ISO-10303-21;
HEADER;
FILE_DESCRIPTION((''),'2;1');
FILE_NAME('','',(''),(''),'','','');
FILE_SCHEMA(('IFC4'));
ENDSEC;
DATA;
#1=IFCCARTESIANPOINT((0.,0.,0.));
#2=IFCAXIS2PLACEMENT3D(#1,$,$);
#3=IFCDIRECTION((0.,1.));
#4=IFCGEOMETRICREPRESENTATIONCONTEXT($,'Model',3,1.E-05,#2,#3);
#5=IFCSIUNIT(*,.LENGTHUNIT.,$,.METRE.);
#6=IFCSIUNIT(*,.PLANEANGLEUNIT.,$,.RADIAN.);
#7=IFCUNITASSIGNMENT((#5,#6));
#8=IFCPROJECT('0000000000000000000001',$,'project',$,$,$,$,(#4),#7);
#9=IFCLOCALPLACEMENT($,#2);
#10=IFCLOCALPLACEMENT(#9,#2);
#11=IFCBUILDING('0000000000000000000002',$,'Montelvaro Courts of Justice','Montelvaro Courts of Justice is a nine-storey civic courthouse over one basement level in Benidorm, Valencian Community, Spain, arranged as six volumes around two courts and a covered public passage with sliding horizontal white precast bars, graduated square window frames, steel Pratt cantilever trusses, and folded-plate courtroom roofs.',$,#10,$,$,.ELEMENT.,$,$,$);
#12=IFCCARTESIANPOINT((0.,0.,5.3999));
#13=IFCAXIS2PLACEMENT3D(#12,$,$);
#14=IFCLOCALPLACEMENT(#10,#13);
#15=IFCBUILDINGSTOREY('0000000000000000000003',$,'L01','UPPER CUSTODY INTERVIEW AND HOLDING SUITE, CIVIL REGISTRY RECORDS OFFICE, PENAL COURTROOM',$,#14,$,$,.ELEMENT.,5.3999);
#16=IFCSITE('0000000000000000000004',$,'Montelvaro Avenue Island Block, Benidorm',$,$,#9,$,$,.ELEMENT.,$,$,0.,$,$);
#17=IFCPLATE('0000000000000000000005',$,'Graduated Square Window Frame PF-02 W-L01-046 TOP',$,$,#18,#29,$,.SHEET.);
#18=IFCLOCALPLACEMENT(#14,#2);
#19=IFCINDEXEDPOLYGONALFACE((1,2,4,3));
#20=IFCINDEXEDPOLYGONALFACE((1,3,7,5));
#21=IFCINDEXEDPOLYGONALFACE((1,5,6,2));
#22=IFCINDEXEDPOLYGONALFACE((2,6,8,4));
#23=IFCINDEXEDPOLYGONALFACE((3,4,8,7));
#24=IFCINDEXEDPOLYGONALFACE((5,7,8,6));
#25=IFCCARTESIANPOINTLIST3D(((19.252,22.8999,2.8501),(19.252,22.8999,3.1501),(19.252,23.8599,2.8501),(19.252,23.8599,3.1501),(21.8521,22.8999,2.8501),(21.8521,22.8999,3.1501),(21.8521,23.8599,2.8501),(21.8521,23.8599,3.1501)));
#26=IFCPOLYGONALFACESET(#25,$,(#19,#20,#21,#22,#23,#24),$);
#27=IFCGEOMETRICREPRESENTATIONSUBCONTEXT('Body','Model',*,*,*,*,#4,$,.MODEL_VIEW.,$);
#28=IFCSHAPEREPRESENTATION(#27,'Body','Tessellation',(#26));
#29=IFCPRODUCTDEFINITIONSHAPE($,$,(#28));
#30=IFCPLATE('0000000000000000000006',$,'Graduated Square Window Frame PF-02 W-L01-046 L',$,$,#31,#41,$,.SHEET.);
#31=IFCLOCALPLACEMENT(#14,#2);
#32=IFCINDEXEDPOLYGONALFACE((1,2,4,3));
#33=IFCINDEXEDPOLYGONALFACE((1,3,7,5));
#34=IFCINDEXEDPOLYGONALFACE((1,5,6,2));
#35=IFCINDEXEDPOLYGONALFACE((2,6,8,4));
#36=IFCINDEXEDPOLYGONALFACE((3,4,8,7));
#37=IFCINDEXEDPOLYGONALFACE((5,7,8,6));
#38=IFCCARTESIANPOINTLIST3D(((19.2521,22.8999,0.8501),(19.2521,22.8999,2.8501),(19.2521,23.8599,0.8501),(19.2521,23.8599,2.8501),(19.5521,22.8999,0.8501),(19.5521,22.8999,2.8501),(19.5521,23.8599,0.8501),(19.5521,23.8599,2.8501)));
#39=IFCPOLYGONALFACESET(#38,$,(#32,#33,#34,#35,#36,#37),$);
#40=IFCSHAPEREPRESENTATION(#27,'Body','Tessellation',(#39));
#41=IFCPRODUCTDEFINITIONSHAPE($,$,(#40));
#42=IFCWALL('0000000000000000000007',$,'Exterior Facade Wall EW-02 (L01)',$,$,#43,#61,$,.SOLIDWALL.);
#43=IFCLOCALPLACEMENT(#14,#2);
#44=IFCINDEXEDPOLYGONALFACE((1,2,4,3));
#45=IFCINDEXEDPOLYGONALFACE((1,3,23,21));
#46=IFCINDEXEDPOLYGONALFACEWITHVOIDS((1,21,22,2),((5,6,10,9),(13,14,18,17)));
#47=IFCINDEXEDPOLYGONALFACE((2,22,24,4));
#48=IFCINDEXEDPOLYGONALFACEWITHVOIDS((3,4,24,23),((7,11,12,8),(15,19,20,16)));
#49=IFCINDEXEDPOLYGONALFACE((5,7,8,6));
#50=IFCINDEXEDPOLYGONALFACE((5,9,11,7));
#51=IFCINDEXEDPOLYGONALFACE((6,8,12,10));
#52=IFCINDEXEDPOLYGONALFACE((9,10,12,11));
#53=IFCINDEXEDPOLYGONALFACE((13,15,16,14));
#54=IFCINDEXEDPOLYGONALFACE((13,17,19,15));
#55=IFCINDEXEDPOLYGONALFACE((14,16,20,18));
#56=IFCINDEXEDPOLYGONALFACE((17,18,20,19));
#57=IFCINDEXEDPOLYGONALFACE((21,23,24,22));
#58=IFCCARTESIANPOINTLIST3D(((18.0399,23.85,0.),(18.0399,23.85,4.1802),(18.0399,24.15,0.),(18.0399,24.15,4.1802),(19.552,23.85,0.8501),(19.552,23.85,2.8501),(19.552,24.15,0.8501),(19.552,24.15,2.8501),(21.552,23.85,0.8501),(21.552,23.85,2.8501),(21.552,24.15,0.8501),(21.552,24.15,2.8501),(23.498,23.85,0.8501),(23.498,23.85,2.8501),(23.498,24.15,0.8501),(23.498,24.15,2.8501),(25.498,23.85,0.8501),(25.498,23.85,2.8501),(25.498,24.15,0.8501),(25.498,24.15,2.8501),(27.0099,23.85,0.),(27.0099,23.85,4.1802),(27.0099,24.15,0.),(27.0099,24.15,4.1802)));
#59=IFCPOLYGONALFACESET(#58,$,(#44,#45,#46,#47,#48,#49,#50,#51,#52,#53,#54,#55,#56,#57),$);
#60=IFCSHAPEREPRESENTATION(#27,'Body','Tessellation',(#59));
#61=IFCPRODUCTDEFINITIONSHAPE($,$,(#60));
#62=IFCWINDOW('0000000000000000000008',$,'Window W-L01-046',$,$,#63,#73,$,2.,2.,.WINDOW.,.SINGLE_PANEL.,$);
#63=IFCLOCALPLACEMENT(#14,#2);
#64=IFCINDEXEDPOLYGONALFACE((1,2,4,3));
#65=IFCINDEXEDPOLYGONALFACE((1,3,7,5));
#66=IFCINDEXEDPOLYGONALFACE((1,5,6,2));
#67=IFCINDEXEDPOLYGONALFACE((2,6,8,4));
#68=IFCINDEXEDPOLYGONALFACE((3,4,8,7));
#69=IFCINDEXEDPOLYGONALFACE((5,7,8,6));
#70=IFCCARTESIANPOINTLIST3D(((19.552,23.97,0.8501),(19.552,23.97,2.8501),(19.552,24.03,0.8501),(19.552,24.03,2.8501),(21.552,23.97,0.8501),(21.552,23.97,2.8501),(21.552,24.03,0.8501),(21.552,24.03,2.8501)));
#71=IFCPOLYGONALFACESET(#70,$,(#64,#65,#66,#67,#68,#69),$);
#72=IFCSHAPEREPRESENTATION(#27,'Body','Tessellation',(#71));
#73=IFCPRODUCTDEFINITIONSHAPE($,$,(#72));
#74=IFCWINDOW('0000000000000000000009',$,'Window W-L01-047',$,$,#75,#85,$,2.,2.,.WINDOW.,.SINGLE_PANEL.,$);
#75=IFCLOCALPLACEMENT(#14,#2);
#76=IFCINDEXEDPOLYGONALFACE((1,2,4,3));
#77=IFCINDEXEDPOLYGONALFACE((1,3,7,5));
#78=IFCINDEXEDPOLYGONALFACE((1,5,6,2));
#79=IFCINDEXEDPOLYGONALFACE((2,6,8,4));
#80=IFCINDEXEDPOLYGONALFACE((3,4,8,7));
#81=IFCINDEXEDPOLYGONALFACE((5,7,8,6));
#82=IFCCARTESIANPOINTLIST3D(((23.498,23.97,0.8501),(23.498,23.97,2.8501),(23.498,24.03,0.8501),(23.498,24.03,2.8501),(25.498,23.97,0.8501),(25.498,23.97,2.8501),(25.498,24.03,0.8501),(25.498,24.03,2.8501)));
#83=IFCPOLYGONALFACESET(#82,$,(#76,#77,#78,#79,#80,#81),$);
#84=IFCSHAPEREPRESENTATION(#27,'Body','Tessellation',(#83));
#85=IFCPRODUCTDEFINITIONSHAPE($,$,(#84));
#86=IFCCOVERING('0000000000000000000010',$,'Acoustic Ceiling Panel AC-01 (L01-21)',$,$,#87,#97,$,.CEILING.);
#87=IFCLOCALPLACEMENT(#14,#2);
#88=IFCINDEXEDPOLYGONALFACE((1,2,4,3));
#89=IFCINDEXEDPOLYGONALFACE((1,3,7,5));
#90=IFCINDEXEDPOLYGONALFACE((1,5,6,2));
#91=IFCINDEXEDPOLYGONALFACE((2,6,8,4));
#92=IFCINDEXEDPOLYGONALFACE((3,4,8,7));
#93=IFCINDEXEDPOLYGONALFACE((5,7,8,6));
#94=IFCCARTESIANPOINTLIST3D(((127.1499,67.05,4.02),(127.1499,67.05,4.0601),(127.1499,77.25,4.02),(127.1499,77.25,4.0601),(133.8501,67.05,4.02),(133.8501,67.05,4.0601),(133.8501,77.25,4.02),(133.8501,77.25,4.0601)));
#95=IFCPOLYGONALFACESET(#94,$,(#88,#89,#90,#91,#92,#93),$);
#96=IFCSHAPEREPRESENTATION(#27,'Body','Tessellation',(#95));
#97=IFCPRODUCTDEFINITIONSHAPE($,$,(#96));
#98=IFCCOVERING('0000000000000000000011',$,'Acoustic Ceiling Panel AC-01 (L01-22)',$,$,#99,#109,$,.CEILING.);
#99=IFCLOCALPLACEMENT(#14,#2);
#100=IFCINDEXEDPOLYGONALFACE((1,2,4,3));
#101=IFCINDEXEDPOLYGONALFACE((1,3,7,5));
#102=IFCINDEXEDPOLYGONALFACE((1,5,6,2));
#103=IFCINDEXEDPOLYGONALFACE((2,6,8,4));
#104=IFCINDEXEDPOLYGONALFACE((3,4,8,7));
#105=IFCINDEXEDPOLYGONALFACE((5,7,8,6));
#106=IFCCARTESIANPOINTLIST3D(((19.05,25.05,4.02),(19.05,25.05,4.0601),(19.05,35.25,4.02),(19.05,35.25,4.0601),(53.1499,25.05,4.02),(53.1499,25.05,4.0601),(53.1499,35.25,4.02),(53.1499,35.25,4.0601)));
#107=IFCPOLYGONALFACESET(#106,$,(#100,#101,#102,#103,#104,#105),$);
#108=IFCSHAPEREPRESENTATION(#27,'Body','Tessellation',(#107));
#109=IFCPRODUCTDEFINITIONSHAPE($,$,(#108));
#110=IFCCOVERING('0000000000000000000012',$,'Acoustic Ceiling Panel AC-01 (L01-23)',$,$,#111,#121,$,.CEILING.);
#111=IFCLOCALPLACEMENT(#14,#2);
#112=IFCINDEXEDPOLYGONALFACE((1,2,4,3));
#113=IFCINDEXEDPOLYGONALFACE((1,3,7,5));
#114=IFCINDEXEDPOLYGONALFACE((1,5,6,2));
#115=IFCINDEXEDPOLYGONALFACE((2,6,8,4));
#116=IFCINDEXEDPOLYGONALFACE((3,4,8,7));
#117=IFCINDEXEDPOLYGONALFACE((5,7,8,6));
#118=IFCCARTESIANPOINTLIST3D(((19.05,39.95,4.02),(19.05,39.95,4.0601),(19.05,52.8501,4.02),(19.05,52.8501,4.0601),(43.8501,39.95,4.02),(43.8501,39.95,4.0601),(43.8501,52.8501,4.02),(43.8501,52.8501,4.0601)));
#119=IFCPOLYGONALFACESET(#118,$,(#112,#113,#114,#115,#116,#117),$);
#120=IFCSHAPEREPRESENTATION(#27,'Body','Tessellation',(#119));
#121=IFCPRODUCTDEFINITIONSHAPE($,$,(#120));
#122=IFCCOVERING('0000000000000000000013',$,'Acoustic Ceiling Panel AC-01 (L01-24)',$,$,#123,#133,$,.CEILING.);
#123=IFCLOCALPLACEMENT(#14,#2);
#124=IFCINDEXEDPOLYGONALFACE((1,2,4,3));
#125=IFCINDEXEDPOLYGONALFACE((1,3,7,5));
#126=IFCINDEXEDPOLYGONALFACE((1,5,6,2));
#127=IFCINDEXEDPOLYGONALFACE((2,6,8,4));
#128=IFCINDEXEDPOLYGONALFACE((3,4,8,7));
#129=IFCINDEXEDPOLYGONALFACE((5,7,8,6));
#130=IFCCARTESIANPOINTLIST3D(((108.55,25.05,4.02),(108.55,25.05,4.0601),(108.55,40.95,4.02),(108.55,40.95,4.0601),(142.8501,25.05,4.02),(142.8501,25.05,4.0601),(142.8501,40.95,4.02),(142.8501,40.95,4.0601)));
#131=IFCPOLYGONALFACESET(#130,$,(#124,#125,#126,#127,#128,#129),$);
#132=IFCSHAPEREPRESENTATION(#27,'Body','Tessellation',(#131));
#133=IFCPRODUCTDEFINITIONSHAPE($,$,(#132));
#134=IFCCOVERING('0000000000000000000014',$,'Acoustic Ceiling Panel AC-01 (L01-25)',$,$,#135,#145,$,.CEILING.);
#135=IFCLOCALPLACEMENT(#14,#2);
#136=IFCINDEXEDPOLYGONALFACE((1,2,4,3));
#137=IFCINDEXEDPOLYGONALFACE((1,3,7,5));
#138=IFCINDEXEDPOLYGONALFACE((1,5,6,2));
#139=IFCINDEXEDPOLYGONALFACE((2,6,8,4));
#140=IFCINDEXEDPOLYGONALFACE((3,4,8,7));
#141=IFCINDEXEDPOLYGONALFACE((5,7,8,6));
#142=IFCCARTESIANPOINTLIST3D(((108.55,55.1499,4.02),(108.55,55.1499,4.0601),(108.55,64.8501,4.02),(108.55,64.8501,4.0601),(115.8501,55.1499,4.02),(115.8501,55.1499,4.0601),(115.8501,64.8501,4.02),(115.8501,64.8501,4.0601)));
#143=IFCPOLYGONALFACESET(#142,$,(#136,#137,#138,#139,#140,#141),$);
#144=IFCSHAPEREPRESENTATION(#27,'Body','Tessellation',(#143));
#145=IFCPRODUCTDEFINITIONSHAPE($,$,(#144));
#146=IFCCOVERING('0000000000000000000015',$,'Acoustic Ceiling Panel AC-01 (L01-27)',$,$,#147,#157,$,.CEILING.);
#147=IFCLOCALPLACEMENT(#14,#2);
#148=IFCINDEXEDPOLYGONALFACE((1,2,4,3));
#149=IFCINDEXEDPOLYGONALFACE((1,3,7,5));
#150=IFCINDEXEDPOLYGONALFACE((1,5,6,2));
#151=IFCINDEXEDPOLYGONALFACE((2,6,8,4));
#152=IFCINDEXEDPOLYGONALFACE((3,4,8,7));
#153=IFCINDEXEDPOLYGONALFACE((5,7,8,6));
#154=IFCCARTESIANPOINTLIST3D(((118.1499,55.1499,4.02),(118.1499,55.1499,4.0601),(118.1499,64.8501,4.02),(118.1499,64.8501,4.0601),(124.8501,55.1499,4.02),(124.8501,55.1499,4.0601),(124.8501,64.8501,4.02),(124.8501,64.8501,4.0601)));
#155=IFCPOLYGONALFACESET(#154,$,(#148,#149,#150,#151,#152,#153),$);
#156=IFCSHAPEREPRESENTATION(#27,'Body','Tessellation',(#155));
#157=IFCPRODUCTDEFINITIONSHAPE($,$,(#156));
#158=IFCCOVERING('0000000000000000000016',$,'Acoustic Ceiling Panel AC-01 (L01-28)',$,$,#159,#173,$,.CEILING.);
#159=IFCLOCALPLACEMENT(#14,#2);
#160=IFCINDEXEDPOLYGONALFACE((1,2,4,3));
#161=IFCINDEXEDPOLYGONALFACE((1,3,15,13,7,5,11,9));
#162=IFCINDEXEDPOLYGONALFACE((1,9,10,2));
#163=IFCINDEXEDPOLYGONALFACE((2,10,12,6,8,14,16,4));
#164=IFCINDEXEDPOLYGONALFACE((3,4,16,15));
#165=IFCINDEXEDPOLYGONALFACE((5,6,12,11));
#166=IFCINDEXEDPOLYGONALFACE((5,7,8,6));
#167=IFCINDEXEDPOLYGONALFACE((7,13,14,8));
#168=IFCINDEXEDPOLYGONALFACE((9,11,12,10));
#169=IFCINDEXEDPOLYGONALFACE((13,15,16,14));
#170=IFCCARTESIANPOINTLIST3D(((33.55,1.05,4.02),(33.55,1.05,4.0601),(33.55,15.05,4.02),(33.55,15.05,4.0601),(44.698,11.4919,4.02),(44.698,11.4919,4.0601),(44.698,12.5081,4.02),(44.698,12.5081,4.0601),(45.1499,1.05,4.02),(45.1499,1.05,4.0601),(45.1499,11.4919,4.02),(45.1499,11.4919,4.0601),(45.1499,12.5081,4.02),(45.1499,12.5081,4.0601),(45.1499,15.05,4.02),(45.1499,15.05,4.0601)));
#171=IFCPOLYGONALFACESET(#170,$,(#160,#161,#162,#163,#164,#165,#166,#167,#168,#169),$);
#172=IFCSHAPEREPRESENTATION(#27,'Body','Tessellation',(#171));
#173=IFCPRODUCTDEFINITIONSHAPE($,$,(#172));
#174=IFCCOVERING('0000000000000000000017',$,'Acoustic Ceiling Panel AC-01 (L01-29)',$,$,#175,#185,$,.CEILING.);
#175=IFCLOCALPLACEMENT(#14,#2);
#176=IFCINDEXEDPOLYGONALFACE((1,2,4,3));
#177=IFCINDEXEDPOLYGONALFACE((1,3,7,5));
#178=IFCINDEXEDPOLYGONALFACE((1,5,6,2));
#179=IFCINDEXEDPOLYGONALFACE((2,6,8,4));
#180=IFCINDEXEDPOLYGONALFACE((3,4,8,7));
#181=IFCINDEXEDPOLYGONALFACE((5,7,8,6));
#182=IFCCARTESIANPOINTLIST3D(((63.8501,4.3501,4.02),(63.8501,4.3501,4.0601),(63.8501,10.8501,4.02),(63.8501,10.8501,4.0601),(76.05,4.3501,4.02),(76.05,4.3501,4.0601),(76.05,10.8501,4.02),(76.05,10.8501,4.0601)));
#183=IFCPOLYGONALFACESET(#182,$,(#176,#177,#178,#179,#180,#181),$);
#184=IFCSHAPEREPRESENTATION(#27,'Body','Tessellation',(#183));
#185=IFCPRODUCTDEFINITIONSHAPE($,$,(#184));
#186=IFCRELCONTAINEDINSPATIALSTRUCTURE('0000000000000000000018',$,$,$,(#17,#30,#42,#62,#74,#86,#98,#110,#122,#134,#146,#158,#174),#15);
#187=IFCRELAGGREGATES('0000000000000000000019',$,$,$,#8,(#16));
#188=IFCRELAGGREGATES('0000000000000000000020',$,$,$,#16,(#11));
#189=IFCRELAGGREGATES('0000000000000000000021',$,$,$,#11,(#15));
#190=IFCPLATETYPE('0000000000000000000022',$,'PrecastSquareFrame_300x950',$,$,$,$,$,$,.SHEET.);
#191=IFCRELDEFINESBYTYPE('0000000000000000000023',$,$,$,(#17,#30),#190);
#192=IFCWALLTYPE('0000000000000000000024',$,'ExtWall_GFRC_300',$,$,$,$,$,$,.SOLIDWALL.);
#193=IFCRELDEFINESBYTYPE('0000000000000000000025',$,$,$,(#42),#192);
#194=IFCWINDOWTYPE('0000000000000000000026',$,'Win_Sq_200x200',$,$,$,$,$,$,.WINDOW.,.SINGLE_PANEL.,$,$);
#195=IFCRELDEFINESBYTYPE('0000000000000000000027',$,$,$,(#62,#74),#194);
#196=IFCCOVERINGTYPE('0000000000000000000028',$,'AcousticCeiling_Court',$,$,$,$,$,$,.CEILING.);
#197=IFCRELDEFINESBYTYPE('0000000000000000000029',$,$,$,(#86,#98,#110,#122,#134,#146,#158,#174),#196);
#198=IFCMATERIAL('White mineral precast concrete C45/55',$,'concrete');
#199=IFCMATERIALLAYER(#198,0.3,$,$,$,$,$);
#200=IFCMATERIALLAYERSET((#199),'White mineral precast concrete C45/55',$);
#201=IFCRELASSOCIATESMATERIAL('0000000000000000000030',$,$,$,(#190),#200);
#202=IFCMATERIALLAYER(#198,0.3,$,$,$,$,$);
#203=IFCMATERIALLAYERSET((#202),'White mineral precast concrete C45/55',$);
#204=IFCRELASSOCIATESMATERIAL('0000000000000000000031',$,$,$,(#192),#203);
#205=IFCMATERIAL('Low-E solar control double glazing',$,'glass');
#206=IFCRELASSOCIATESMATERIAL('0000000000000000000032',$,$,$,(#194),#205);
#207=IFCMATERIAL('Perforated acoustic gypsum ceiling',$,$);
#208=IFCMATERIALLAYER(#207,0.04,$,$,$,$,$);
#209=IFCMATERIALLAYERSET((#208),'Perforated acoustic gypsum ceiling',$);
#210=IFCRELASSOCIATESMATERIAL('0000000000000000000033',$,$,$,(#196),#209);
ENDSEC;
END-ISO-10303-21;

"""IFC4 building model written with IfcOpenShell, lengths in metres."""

from ifc_helpers import new_model, si_unit, direction, frame, frame_2d, origin, origin_2d, place, context, subcontext, project, spatial, polyline, rectangle, outline, extrude, material, layer, layer_set, type_object, element, fill, save


model = new_model("IFC4")

# Units and contexts
model_context = context("Model", 3, precision=1e-05, world=origin(), true_north=direction((0.0, 1.0)))
body_context = subcontext(model_context, "Body", "Model", "MODEL_VIEW")
ifc_project = project(units=[si_unit("LENGTHUNIT", "METRE"), si_unit("PLANEANGLEUNIT", "RADIAN")], contexts=[model_context])

# Site, building, storey
site_placement = place(None, origin())
site = spatial("IfcSite", under=ifc_project, at=site_placement, Name="Montelvaro Avenue Island Block, Benidorm", CompositionType="ELEMENT", RefElevation=0.0)
building_placement = place(site_placement, origin())
building = spatial("IfcBuilding", under=site, at=building_placement, Name="Montelvaro Courts of Justice", Description="Montelvaro Courts of Justice is a nine-storey civic courthouse over one basement level in Benidorm, Valencian Community, Spain, arranged as six volumes around two courts and a covered public passage with sliding horizontal white precast bars, graduated square window frames, steel Pratt cantilever trusses, and folded-plate courtroom roofs.", CompositionType="ELEMENT")
storey_placement = place(building_placement, frame((0.0, 0.0, 5.3999)))
storey = spatial("IfcBuildingStorey", under=building, at=storey_placement, Name="L01", Description="UPPER CUSTODY INTERVIEW AND HOLDING SUITE, CIVIL REGISTRY RECORDS OFFICE, PENAL COURTROOM", CompositionType="ELEMENT", Elevation=5.3999)

# Plates
ifc_material_1 = material(Name="White mineral precast concrete C45/55", Category="concrete")
ifc_layer_1 = layer(ifc_material_1, 0.3)
ifc_layer_set_1 = layer_set([ifc_layer_1], Name="White mineral precast concrete C45/55")
plate_type = type_object("IfcPlateType", Name="PrecastSquareFrame_300x950", PredefinedType="SHEET", material=ifc_layer_set_1)
plate_1_placement = place(storey_placement, frame((20.552, 23.3799, 2.8501), z_axis=(0.0, 0.0, 1.0), x_axis=(1.0, 0.0, 0.0)))
element("IfcPlate", 1, at=plate_1_placement, inside=storey, type_object=plate_type, Name="Graduated Square Window Frame PF-02 W-L01-046 TOP", PredefinedType="SHEET", context=body_context, shape_type="SweptSolid", body=[
    extrude(rectangle(XDim=2.6001, YDim=0.96, at=origin_2d()), origin(), (0.0, 0.0, 1.0), 0.3),
])
plate_2_placement = place(storey_placement, frame((19.4021, 23.3799, 0.8501), z_axis=(0.0, 0.0, 1.0), x_axis=(1.0, 0.0, 0.0)))
element("IfcPlate", 2, at=plate_2_placement, inside=storey, type_object=plate_type, Name="Graduated Square Window Frame PF-02 W-L01-046 L", PredefinedType="SHEET", context=body_context, shape_type="SweptSolid", body=[
    extrude(rectangle(XDim=0.3, YDim=0.96, at=origin_2d()), origin(), (0.0, 0.0, 1.0), 2.0),
])

# Wall, openings, windows
ifc_layer_2 = layer(ifc_material_1, 0.3)
ifc_layer_set_2 = layer_set([ifc_layer_2], Name="White mineral precast concrete C45/55")
wall_type = type_object("IfcWallType", Name="ExtWall_GFRC_300", PredefinedType="SOLIDWALL", material=ifc_layer_set_2)
wall_placement = place(storey_placement, frame((18.04, 24.0, 0.0), z_axis=(0.0, 0.0, 1.0), x_axis=(1.0, 0.0, 0.0)))
wall = element("IfcWall", 3, at=wall_placement, inside=storey, type_object=wall_type, Name="Exterior Facade Wall EW-02 (L01)", PredefinedType="SOLIDWALL", context=body_context, shape_type="SweptSolid", body=[
    extrude(rectangle(XDim=8.97, YDim=0.3, at=frame_2d((4.4849, 0.0))), origin(), (0.0, 0.0, 1.0), 4.1802),
])
opening_1_placement = place(wall_placement, frame((1.512, 0.0, 0.8501)))
opening_1 = element("IfcOpeningElement", 4, at=opening_1_placement, cuts=wall, PredefinedType="OPENING", context=body_context, shape_type="SweptSolid", body=[
    extrude(rectangle(XDim=2.0, YDim=2.0, at=frame_2d((1.0, 1.0))), frame((0.0, 0.165, 0.0), z_axis=(0.0, -1.0, 0.0), x_axis=(1.0, 0.0, 0.0)), (0.0, 0.0, 1.0), 0.3298),
])
opening_2_placement = place(wall_placement, frame((5.458, 0.0, 0.8501)))
opening_2 = element("IfcOpeningElement", 5, at=opening_2_placement, cuts=wall, PredefinedType="OPENING", context=body_context, shape_type="SweptSolid", body=[
    extrude(rectangle(XDim=2.0, YDim=2.0, at=frame_2d((1.0, 1.0))), frame((0.0, 0.165, 0.0), z_axis=(0.0, -1.0, 0.0), x_axis=(1.0, 0.0, 0.0)), (0.0, 0.0, 1.0), 0.3298),
])
ifc_material_2 = material(Name="Low-E solar control double glazing", Category="glass")
window_type = type_object("IfcWindowType", Name="Win_Sq_200x200", PartitioningType="SINGLE_PANEL", PredefinedType="WINDOW", material=ifc_material_2)
window_1_placement = place(opening_1_placement, origin())
window_1 = element("IfcWindow", 6, at=window_1_placement, inside=storey, type_object=window_type, Name="Window W-L01-046", OverallHeight=2.0, OverallWidth=2.0, PartitioningType="SINGLE_PANEL", PredefinedType="WINDOW", context=body_context, shape_type="SweptSolid", body=[
    extrude(rectangle(XDim=2.0, YDim=2.0, at=frame_2d((1.0, 1.0))), frame((0.0, 0.03, 0.0), z_axis=(0.0, -1.0, 0.0), x_axis=(1.0, 0.0, 0.0)), (0.0, 0.0, 1.0), 0.0601),
])
fill(opening_1, window_1)
window_2_placement = place(opening_2_placement, origin())
window_2 = element("IfcWindow", 7, at=window_2_placement, inside=storey, type_object=window_type, Name="Window W-L01-047", OverallHeight=2.0, OverallWidth=2.0, PartitioningType="SINGLE_PANEL", PredefinedType="WINDOW", context=body_context, shape_type="SweptSolid", body=[
    extrude(rectangle(XDim=2.0, YDim=2.0, at=frame_2d((1.0, 1.0))), frame((0.0, 0.03, 0.0), z_axis=(0.0, -1.0, 0.0), x_axis=(1.0, 0.0, 0.0)), (0.0, 0.0, 1.0), 0.0601),
])
fill(opening_2, window_2)

# Coverings
ifc_material_3 = material(Name="Perforated acoustic gypsum ceiling")
ifc_layer_3 = layer(ifc_material_3, 0.04)
ifc_layer_set_3 = layer_set([ifc_layer_3], Name="Perforated acoustic gypsum ceiling")
covering_type_1 = type_object("IfcCoveringType", Name="AcousticCeiling_Court", PredefinedType="CEILING", material=ifc_layer_set_3)
covering_1_placement = place(storey_placement, frame((0.0, 0.0, 4.02)))
element("IfcCovering", 8, at=covering_1_placement, inside=storey, type_object=covering_type_1, Name="Acoustic Ceiling Panel AC-01 (L01-21)", PredefinedType="CEILING", context=body_context, shape_type="SweptSolid", body=[
    extrude(outline(polyline([(133.8501, 67.05), (127.1499, 67.05), (127.1499, 77.25), (133.8501, 77.25), (133.8501, 67.05)])), origin(), (0.0, 0.0, 1.0), 0.04),
])
covering_2_placement = place(storey_placement, frame((0.0, 0.0, 4.02)))
element("IfcCovering", 9, at=covering_2_placement, inside=storey, type_object=covering_type_1, Name="Acoustic Ceiling Panel AC-01 (L01-22)", PredefinedType="CEILING", context=body_context, shape_type="SweptSolid", body=[
    extrude(outline(polyline([(19.05, 25.05), (19.05, 35.25), (53.1499, 35.25), (53.1499, 25.05), (19.05, 25.05)])), origin(), (0.0, 0.0, 1.0), 0.04),
])
covering_3_placement = place(storey_placement, frame((0.0, 0.0, 4.02)))
element("IfcCovering", 10, at=covering_3_placement, inside=storey, type_object=covering_type_1, Name="Acoustic Ceiling Panel AC-01 (L01-23)", PredefinedType="CEILING", context=body_context, shape_type="SweptSolid", body=[
    extrude(outline(polyline([(19.05, 52.8501), (43.8501, 52.8501), (43.8501, 39.95), (19.05, 39.95), (19.05, 52.8501)])), origin(), (0.0, 0.0, 1.0), 0.04),
])
covering_4_placement = place(storey_placement, frame((0.0, 0.0, 4.02)))
element("IfcCovering", 11, at=covering_4_placement, inside=storey, type_object=covering_type_1, Name="Acoustic Ceiling Panel AC-01 (L01-24)", PredefinedType="CEILING", context=body_context, shape_type="SweptSolid", body=[
    extrude(outline(polyline([(142.8501, 40.95), (142.8501, 25.05), (108.55, 25.05), (108.55, 40.95), (142.8501, 40.95)])), origin(), (0.0, 0.0, 1.0), 0.04),
])
covering_5_placement = place(storey_placement, frame((0.0, 0.0, 4.02)))
element("IfcCovering", 12, at=covering_5_placement, inside=storey, type_object=covering_type_1, Name="Acoustic Ceiling Panel AC-01 (L01-25)", PredefinedType="CEILING", context=body_context, shape_type="SweptSolid", body=[
    extrude(outline(polyline([(108.55, 55.1499), (108.55, 64.8501), (115.8501, 64.8501), (115.8501, 55.1499), (108.55, 55.1499)])), origin(), (0.0, 0.0, 1.0), 0.04),
])
covering_6_placement = place(storey_placement, frame((0.0, 0.0, 4.02)))
element("IfcCovering", 13, at=covering_6_placement, inside=storey, type_object=covering_type_1, Name="Acoustic Ceiling Panel AC-01 (L01-27)", PredefinedType="CEILING", context=body_context, shape_type="SweptSolid", body=[
    extrude(outline(polyline([(118.1499, 64.8501), (124.8501, 64.8501), (124.8501, 55.1499), (118.1499, 55.1499), (118.1499, 64.8501)])), origin(), (0.0, 0.0, 1.0), 0.04),
])
covering_7_placement = place(storey_placement, frame((0.0, 0.0, 4.02)))
element("IfcCovering", 14, at=covering_7_placement, inside=storey, type_object=covering_type_1, Name="Acoustic Ceiling Panel AC-01 (L01-28)", PredefinedType="CEILING", context=body_context, shape_type="SweptSolid", body=[
    extrude(outline(polyline([(45.1499, 15.05), (45.1499, 12.5081), (44.698, 12.5081), (44.698, 11.4919), (45.1499, 11.4919), (45.1499, 1.05), (33.55, 1.05), (33.55, 15.05), (45.1499, 15.05)])), origin(), (0.0, 0.0, 1.0), 0.04),
])
covering_8_placement = place(storey_placement, frame((0.0, 0.0, 4.02)))
element("IfcCovering", 15, at=covering_8_placement, inside=storey, type_object=covering_type_1, Name="Acoustic Ceiling Panel AC-01 (L01-29)", PredefinedType="CEILING", context=body_context, shape_type="SweptSolid", body=[
    extrude(outline(polyline([(76.05, 4.3501), (63.8501, 4.3501), (63.8501, 10.8501), (76.05, 10.8501), (76.05, 4.3501)])), origin(), (0.0, 0.0, 1.0), 0.04),
])

save(model, "model.ifc")
